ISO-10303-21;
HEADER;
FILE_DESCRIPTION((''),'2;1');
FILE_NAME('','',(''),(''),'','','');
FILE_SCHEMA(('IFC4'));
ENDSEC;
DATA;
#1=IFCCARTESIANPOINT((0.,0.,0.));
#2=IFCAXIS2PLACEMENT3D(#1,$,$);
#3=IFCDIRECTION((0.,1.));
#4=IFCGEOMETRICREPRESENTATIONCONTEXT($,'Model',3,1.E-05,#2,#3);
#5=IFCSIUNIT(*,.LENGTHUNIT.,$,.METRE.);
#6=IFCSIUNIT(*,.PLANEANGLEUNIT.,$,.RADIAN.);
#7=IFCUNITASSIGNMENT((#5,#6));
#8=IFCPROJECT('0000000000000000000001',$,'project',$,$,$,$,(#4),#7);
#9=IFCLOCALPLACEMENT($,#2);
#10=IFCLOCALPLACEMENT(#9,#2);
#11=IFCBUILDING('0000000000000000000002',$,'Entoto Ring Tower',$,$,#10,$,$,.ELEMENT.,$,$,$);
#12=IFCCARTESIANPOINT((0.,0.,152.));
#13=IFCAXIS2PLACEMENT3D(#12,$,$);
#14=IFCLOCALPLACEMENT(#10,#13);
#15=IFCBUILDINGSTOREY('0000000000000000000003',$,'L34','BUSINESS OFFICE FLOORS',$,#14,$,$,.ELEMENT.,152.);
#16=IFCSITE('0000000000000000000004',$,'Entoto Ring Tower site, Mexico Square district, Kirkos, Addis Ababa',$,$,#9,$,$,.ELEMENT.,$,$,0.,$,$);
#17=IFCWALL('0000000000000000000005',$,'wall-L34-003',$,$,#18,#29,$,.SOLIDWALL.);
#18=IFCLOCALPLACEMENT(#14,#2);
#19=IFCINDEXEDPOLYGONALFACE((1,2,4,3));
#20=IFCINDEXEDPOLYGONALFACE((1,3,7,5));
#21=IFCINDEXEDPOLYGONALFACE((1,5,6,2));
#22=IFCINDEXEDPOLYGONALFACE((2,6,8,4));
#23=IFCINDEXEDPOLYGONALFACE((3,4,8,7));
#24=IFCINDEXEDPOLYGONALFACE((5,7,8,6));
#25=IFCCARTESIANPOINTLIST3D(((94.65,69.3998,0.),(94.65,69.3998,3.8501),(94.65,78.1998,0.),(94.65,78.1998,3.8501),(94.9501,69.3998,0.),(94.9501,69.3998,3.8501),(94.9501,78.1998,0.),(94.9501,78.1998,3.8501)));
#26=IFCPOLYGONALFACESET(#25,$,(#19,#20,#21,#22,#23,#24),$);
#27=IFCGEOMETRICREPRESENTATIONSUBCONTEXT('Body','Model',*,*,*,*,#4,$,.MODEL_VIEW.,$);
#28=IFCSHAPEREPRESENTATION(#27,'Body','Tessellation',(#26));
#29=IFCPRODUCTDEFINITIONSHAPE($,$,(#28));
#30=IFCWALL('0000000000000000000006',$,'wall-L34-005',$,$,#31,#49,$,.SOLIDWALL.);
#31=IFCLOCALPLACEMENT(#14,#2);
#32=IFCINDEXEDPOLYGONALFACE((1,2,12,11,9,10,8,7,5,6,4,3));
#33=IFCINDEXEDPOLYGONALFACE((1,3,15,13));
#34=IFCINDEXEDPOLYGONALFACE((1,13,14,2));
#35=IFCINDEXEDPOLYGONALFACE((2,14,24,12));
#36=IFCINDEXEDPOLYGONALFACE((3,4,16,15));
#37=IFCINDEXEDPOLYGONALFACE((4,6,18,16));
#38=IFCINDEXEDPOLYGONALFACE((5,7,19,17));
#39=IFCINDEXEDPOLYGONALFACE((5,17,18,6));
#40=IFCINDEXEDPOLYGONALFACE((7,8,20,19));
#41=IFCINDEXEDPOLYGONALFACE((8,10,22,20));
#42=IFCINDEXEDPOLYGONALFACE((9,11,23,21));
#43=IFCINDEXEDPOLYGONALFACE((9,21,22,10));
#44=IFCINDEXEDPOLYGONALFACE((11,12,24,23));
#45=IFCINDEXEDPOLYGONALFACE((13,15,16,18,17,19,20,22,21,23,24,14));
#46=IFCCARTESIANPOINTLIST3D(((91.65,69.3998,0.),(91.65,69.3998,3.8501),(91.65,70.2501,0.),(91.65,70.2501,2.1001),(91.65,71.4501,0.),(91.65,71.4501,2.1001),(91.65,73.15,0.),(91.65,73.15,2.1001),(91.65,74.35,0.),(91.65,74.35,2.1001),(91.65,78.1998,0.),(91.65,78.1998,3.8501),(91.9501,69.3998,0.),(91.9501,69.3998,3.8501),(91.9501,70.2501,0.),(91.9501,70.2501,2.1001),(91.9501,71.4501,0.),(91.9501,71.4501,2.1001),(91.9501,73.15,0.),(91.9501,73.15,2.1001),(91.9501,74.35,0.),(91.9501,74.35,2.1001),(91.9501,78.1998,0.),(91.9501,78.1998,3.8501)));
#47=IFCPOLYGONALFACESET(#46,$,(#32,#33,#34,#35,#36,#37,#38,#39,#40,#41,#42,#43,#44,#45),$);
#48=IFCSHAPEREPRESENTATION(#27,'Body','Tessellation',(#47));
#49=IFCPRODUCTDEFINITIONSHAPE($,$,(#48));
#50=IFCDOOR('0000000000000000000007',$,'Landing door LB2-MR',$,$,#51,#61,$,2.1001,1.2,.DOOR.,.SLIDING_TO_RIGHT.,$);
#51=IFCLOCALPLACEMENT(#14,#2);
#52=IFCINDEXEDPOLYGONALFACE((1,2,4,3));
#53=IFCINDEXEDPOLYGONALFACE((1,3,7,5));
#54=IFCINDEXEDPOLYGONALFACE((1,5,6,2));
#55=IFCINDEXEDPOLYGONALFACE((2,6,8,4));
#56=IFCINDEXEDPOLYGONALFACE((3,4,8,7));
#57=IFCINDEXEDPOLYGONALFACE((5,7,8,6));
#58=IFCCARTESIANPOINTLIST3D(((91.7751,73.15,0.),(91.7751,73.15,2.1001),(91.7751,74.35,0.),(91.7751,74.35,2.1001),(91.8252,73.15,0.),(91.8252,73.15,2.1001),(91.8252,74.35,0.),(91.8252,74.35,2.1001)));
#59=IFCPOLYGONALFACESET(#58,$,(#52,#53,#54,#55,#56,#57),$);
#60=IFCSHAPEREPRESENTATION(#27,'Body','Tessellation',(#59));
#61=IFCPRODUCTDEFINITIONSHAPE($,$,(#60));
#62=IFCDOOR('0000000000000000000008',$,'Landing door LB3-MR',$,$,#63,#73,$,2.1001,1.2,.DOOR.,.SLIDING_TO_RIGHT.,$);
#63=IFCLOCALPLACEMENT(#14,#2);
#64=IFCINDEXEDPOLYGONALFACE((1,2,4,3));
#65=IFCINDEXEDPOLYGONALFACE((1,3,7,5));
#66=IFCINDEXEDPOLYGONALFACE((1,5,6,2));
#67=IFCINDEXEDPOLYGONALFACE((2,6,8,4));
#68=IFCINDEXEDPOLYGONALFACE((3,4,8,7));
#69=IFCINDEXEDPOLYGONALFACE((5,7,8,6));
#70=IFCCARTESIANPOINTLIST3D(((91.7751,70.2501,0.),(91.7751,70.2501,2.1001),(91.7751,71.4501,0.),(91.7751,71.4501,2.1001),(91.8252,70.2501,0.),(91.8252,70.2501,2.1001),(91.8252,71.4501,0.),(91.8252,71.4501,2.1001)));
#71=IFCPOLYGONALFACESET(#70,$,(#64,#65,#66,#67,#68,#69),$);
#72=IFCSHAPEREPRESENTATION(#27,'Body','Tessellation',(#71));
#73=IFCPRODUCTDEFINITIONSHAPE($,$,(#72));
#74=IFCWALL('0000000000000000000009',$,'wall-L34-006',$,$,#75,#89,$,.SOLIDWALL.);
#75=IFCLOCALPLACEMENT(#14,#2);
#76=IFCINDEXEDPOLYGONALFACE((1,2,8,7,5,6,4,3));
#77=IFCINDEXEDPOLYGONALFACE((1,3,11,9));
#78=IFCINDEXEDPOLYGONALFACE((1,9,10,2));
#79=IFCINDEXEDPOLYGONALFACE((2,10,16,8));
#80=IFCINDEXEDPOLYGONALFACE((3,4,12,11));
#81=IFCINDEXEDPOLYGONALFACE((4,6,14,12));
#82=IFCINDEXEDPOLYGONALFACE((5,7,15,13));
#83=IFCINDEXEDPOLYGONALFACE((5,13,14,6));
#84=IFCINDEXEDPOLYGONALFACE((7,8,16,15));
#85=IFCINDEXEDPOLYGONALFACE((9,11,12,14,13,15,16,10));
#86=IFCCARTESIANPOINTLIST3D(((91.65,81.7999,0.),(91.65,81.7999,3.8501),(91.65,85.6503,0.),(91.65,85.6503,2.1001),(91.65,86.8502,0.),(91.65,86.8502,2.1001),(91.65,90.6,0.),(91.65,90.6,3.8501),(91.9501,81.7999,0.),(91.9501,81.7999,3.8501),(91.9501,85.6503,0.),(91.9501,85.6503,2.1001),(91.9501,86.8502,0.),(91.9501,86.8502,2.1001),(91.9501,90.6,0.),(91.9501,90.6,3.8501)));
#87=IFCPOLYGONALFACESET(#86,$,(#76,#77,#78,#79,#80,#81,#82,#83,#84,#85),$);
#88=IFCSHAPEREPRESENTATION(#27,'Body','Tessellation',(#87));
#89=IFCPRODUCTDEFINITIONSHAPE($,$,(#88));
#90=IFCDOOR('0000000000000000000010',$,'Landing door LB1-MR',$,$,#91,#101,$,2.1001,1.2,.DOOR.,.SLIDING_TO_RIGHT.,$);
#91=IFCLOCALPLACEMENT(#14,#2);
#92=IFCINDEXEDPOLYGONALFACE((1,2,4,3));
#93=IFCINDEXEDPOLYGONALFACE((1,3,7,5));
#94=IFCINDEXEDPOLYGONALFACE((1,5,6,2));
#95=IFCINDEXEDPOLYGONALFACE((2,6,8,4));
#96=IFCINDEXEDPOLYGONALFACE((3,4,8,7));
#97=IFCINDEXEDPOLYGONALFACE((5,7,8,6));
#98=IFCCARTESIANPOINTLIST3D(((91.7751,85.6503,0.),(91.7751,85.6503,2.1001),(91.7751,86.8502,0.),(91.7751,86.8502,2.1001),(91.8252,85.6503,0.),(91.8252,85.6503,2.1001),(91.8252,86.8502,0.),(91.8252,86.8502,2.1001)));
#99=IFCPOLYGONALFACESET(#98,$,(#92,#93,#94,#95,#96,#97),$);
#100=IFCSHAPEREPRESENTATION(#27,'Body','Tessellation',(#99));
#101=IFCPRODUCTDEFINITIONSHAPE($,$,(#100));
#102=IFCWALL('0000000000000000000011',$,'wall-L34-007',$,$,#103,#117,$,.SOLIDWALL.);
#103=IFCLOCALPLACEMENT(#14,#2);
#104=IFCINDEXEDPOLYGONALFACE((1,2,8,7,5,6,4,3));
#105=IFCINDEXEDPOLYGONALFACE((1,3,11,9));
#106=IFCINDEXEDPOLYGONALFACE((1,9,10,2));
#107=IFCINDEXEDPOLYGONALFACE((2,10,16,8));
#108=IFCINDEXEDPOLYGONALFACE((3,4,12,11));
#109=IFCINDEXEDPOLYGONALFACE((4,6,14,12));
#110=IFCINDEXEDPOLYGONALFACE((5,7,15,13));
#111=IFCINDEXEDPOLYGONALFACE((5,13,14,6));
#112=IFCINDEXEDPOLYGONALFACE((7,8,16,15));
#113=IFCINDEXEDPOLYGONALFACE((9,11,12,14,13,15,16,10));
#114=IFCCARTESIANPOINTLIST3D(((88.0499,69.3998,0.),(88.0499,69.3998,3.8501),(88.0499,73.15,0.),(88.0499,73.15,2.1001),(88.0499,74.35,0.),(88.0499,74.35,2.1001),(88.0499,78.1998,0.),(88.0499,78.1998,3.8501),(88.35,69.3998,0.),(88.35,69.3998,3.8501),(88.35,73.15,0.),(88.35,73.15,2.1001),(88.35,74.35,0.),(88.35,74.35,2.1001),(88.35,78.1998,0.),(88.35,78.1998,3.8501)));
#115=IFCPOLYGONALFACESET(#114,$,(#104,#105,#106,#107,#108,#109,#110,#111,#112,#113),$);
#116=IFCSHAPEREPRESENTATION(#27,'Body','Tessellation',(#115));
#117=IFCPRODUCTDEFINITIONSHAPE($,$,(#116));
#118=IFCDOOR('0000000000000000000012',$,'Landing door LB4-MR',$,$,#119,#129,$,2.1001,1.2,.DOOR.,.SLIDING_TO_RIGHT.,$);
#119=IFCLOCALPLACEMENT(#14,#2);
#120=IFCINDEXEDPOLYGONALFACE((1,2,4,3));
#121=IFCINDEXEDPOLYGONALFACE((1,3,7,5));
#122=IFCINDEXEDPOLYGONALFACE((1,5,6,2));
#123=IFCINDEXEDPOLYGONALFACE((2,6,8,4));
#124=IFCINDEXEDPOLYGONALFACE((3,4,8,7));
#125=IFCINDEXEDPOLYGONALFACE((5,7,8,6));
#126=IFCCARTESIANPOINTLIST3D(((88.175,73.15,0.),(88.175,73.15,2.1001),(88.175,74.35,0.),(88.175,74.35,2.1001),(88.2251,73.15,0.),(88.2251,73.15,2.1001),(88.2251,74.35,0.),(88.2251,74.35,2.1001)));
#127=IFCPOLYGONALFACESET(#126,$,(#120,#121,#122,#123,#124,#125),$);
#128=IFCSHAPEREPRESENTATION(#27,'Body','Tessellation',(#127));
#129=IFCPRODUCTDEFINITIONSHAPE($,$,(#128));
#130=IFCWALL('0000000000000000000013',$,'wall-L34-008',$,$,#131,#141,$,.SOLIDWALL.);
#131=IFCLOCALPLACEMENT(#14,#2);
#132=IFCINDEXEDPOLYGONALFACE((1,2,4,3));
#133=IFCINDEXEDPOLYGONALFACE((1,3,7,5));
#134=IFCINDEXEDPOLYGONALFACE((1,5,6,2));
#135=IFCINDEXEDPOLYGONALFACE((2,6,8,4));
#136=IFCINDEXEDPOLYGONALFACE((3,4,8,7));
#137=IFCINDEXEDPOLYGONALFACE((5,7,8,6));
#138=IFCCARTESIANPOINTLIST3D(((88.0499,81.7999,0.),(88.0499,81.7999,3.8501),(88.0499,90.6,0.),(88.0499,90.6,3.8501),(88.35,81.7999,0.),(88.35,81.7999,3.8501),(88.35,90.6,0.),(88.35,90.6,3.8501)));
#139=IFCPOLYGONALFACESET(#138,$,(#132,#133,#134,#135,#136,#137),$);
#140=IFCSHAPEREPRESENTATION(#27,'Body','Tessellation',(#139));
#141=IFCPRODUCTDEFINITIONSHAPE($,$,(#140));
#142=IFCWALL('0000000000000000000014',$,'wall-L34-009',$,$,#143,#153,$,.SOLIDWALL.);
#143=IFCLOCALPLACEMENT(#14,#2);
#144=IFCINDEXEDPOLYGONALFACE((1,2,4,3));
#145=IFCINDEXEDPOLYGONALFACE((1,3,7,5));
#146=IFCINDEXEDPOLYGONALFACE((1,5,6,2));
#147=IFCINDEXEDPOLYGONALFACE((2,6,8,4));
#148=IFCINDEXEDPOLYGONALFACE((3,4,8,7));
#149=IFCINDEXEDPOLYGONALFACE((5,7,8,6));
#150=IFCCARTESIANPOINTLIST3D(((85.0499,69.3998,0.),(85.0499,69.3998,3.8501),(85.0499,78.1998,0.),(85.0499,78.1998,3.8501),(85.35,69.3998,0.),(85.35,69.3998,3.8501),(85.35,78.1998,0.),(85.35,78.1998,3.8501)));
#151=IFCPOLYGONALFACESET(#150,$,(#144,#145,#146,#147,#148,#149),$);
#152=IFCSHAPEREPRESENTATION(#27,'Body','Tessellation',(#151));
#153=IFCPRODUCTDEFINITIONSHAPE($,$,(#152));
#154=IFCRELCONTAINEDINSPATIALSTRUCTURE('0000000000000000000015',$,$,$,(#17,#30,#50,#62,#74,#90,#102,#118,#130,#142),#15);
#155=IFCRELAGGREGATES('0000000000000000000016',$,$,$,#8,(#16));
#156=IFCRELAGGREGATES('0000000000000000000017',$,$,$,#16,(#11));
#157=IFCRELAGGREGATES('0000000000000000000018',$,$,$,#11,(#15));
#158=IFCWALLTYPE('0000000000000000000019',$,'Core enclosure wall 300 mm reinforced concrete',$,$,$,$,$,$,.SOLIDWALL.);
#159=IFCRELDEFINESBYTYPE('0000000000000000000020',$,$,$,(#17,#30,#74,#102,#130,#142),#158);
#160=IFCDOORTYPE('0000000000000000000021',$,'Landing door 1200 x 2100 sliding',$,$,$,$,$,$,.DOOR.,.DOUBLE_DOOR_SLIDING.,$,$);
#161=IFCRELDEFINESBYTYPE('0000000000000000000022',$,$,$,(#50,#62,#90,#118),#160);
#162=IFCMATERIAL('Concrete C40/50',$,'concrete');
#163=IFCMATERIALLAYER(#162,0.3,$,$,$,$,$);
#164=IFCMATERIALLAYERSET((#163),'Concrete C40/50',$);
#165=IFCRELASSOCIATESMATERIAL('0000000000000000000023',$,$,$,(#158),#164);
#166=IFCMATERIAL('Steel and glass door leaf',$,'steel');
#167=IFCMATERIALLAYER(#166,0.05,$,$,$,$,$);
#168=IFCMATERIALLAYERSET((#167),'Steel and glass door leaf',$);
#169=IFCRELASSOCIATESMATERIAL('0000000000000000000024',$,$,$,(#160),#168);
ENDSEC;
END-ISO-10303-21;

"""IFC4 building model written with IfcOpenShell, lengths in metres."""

from ifc_helpers import new_model, si_unit, direction, frame, frame_2d, origin, place, context, subcontext, project, spatial, rectangle, extrude, material, layer, layer_set, type_object, element, fill, save


model = new_model("IFC4")

# Units and contexts
model_context = context("Model", 3, precision=1e-05, world=origin(), true_north=direction((0.0, 1.0)))
body_context = subcontext(model_context, "Body", "Model", "MODEL_VIEW")
ifc_project = project(units=[si_unit("LENGTHUNIT", "METRE"), si_unit("PLANEANGLEUNIT", "RADIAN")], contexts=[model_context])

# Site, building, storey
site_placement = place(None, origin())
site = spatial("IfcSite", under=ifc_project, at=site_placement, Name="Entoto Ring Tower site, Mexico Square district, Kirkos, Addis Ababa", CompositionType="ELEMENT", RefElevation=0.0)
building_placement = place(site_placement, origin())
building = spatial("IfcBuilding", under=site, at=building_placement, Name="Entoto Ring Tower", CompositionType="ELEMENT")
storey_placement = place(building_placement, frame((0.0, 0.0, 152.0)))
storey = spatial("IfcBuildingStorey", under=building, at=storey_placement, Name="L34", Description="BUSINESS OFFICE FLOORS", CompositionType="ELEMENT", Elevation=152.0)

# Wall
ifc_material_1 = material(Name="Concrete C40/50", Category="concrete")
ifc_layer_1 = layer(ifc_material_1, 0.3)
ifc_layer_set_1 = layer_set([ifc_layer_1], Name="Concrete C40/50")
wall_type = type_object("IfcWallType", Name="Core enclosure wall 300 mm reinforced concrete", PredefinedType="SOLIDWALL", material=ifc_layer_set_1)
wall_1_placement = place(storey_placement, frame((94.8, 69.3999, 0.0), z_axis=(0.0, 0.0, 1.0), x_axis=(0.0, 1.0, 0.0)))
element("IfcWall", 1, at=wall_1_placement, inside=storey, type_object=wall_type, Name="wall-L34-003", PredefinedType="SOLIDWALL", context=body_context, shape_type="SweptSolid", body=[
    extrude(rectangle(XDim=8.8, YDim=0.3, at=frame_2d((4.3999, 0.0))), origin(), (0.0, 0.0, 1.0), 3.8501),
])

# Wall, openings, doors
wall_2_placement = place(storey_placement, frame((91.8, 69.3999, 0.0), z_axis=(0.0, 0.0, 1.0), x_axis=(0.0, 1.0, 0.0)))
wall_2 = element("IfcWall", 2, at=wall_2_placement, inside=storey, type_object=wall_type, Name="wall-L34-005", PredefinedType="SOLIDWALL", context=body_context, shape_type="SweptSolid", body=[
    extrude(rectangle(XDim=8.8, YDim=0.3, at=frame_2d((4.3999, 0.0))), origin(), (0.0, 0.0, 1.0), 3.8501),
])
opening_1_placement = place(wall_2_placement, frame((3.75, 0.0, 0.0)))
opening_1 = element("IfcOpeningElement", 3, at=opening_1_placement, cuts=wall_2, PredefinedType="OPENING", context=body_context, shape_type="SweptSolid", body=[
    extrude(rectangle(XDim=1.2, YDim=2.1001, at=frame_2d((0.6001, 1.05))), frame((0.0, 0.1602, 0.0), z_axis=(0.0, -1.0, 0.0), x_axis=(1.0, 0.0, 0.0)), (0.0, 0.0, 1.0), 0.3201),
])
opening_2_placement = place(wall_2_placement, frame((0.8501, 0.0, 0.0)))
opening_2 = element("IfcOpeningElement", 4, at=opening_2_placement, cuts=wall_2, PredefinedType="OPENING", context=body_context, shape_type="SweptSolid", body=[
    extrude(rectangle(XDim=1.2, YDim=2.1001, at=frame_2d((0.6001, 1.05))), frame((0.0, 0.1602, 0.0), z_axis=(0.0, -1.0, 0.0), x_axis=(1.0, 0.0, 0.0)), (0.0, 0.0, 1.0), 0.3201),
])
ifc_material_2 = material(Name="Steel and glass door leaf", Category="steel")
ifc_layer_2 = layer(ifc_material_2, 0.05)
ifc_layer_set_2 = layer_set([ifc_layer_2], Name="Steel and glass door leaf")
door_type_1 = type_object("IfcDoorType", Name="Landing door 1200 x 2100 sliding", OperationType="DOUBLE_DOOR_SLIDING", PredefinedType="DOOR", material=ifc_layer_set_2)
door_1_placement = place(opening_1_placement, origin())
door_1 = element("IfcDoor", 5, at=door_1_placement, inside=storey, type_object=door_type_1, Name="Landing door LB2-MR", OperationType="SLIDING_TO_RIGHT", OverallHeight=2.1001, OverallWidth=1.2, PredefinedType="DOOR", context=body_context, shape_type="SweptSolid", body=[
    extrude(rectangle(XDim=1.2, YDim=2.1001, at=frame_2d((0.6001, 1.05))), frame((0.0, 0.0249, 0.0), z_axis=(0.0, -1.0, 0.0), x_axis=(1.0, 0.0, 0.0)), (0.0, 0.0, 1.0), 0.05),
])
fill(opening_1, door_1)
door_2_placement = place(opening_2_placement, origin())
door_2 = element("IfcDoor", 6, at=door_2_placement, inside=storey, type_object=door_type_1, Name="Landing door LB3-MR", OperationType="SLIDING_TO_RIGHT", OverallHeight=2.1001, OverallWidth=1.2, PredefinedType="DOOR", context=body_context, shape_type="SweptSolid", body=[
    extrude(rectangle(XDim=1.2, YDim=2.1001, at=frame_2d((0.6001, 1.05))), frame((0.0, 0.0249, 0.0), z_axis=(0.0, -1.0, 0.0), x_axis=(1.0, 0.0, 0.0)), (0.0, 0.0, 1.0), 0.05),
])
fill(opening_2, door_2)

# Walls, openings, doors
wall_3_placement = place(storey_placement, frame((91.8, 81.8, 0.0), z_axis=(0.0, 0.0, 1.0), x_axis=(0.0, 1.0, 0.0)))
wall_3 = element("IfcWall", 7, at=wall_3_placement, inside=storey, type_object=wall_type, Name="wall-L34-006", PredefinedType="SOLIDWALL", context=body_context, shape_type="SweptSolid", body=[
    extrude(rectangle(XDim=8.8, YDim=0.3, at=frame_2d((4.3999, 0.0))), origin(), (0.0, 0.0, 1.0), 3.8501),
])
opening_3_placement = place(wall_3_placement, frame((3.8501, 0.0, 0.0)))
opening_3 = element("IfcOpeningElement", 8, at=opening_3_placement, cuts=wall_3, PredefinedType="OPENING", context=body_context, shape_type="SweptSolid", body=[
    extrude(rectangle(XDim=1.2, YDim=2.1001, at=frame_2d((0.6001, 1.05))), frame((0.0, 0.1602, 0.0), z_axis=(0.0, -1.0, 0.0), x_axis=(1.0, 0.0, 0.0)), (0.0, 0.0, 1.0), 0.3201),
])
door_3_placement = place(opening_3_placement, origin())
door_3 = element("IfcDoor", 9, at=door_3_placement, inside=storey, type_object=door_type_1, Name="Landing door LB1-MR", OperationType="SLIDING_TO_RIGHT", OverallHeight=2.1001, OverallWidth=1.2, PredefinedType="DOOR", context=body_context, shape_type="SweptSolid", body=[
    extrude(rectangle(XDim=1.2, YDim=2.1001, at=frame_2d((0.6001, 1.05))), frame((0.0, 0.0249, 0.0), z_axis=(0.0, -1.0, 0.0), x_axis=(1.0, 0.0, 0.0)), (0.0, 0.0, 1.0), 0.05),
])
fill(opening_3, door_3)
wall_4_placement = place(storey_placement, frame((88.2, 69.3999, 0.0), z_axis=(0.0, 0.0, 1.0), x_axis=(0.0, 1.0, 0.0)))
wall_4 = element("IfcWall", 10, at=wall_4_placement, inside=storey, type_object=wall_type, Name="wall-L34-007", PredefinedType="SOLIDWALL", context=body_context, shape_type="SweptSolid", body=[
    extrude(rectangle(XDim=8.8, YDim=0.3, at=frame_2d((4.3999, 0.0))), origin(), (0.0, 0.0, 1.0), 3.8501),
])
opening_4_placement = place(wall_4_placement, frame((3.75, 0.0, 0.0)))
opening_4 = element("IfcOpeningElement", 11, at=opening_4_placement, cuts=wall_4, PredefinedType="OPENING", context=body_context, shape_type="SweptSolid", body=[
    extrude(rectangle(XDim=1.2, YDim=2.1001, at=frame_2d((0.6001, 1.05))), frame((0.0, 0.1602, 0.0), z_axis=(0.0, -1.0, 0.0), x_axis=(1.0, 0.0, 0.0)), (0.0, 0.0, 1.0), 0.3201),
])
door_4_placement = place(opening_4_placement, origin())
door_4 = element("IfcDoor", 12, at=door_4_placement, inside=storey, type_object=door_type_1, Name="Landing door LB4-MR", OperationType="SLIDING_TO_RIGHT", OverallHeight=2.1001, OverallWidth=1.2, PredefinedType="DOOR", context=body_context, shape_type="SweptSolid", body=[
    extrude(rectangle(XDim=1.2, YDim=2.1001, at=frame_2d((0.6001, 1.05))), frame((0.0, 0.0249, 0.0), z_axis=(0.0, -1.0, 0.0), x_axis=(1.0, 0.0, 0.0)), (0.0, 0.0, 1.0), 0.05),
])
fill(opening_4, door_4)

# Walls
for number, where, z_axis, x_axis, name in (
    (13, (88.2, 81.8, 0.0), (0.0, 0.0, 1.0), (0.0, 1.0, 0.0), "wall-L34-008"),
    (14, (85.2, 69.3999, 0.0), (0.0, 0.0, 1.0), (0.0, 1.0, 0.0), "wall-L34-009"),
):
    element("IfcWall", number, at=place(storey_placement, frame(where, z_axis=z_axis, x_axis=x_axis)), inside=storey, type_object=wall_type, Name=name, PredefinedType="SOLIDWALL", context=body_context, shape_type="SweptSolid", body=[
        extrude(rectangle(XDim=8.8, YDim=0.3, at=frame_2d((4.3999, 0.0))), origin(), (0.0, 0.0, 1.0), 3.8501),
    ])

save(model, "model.ifc")
